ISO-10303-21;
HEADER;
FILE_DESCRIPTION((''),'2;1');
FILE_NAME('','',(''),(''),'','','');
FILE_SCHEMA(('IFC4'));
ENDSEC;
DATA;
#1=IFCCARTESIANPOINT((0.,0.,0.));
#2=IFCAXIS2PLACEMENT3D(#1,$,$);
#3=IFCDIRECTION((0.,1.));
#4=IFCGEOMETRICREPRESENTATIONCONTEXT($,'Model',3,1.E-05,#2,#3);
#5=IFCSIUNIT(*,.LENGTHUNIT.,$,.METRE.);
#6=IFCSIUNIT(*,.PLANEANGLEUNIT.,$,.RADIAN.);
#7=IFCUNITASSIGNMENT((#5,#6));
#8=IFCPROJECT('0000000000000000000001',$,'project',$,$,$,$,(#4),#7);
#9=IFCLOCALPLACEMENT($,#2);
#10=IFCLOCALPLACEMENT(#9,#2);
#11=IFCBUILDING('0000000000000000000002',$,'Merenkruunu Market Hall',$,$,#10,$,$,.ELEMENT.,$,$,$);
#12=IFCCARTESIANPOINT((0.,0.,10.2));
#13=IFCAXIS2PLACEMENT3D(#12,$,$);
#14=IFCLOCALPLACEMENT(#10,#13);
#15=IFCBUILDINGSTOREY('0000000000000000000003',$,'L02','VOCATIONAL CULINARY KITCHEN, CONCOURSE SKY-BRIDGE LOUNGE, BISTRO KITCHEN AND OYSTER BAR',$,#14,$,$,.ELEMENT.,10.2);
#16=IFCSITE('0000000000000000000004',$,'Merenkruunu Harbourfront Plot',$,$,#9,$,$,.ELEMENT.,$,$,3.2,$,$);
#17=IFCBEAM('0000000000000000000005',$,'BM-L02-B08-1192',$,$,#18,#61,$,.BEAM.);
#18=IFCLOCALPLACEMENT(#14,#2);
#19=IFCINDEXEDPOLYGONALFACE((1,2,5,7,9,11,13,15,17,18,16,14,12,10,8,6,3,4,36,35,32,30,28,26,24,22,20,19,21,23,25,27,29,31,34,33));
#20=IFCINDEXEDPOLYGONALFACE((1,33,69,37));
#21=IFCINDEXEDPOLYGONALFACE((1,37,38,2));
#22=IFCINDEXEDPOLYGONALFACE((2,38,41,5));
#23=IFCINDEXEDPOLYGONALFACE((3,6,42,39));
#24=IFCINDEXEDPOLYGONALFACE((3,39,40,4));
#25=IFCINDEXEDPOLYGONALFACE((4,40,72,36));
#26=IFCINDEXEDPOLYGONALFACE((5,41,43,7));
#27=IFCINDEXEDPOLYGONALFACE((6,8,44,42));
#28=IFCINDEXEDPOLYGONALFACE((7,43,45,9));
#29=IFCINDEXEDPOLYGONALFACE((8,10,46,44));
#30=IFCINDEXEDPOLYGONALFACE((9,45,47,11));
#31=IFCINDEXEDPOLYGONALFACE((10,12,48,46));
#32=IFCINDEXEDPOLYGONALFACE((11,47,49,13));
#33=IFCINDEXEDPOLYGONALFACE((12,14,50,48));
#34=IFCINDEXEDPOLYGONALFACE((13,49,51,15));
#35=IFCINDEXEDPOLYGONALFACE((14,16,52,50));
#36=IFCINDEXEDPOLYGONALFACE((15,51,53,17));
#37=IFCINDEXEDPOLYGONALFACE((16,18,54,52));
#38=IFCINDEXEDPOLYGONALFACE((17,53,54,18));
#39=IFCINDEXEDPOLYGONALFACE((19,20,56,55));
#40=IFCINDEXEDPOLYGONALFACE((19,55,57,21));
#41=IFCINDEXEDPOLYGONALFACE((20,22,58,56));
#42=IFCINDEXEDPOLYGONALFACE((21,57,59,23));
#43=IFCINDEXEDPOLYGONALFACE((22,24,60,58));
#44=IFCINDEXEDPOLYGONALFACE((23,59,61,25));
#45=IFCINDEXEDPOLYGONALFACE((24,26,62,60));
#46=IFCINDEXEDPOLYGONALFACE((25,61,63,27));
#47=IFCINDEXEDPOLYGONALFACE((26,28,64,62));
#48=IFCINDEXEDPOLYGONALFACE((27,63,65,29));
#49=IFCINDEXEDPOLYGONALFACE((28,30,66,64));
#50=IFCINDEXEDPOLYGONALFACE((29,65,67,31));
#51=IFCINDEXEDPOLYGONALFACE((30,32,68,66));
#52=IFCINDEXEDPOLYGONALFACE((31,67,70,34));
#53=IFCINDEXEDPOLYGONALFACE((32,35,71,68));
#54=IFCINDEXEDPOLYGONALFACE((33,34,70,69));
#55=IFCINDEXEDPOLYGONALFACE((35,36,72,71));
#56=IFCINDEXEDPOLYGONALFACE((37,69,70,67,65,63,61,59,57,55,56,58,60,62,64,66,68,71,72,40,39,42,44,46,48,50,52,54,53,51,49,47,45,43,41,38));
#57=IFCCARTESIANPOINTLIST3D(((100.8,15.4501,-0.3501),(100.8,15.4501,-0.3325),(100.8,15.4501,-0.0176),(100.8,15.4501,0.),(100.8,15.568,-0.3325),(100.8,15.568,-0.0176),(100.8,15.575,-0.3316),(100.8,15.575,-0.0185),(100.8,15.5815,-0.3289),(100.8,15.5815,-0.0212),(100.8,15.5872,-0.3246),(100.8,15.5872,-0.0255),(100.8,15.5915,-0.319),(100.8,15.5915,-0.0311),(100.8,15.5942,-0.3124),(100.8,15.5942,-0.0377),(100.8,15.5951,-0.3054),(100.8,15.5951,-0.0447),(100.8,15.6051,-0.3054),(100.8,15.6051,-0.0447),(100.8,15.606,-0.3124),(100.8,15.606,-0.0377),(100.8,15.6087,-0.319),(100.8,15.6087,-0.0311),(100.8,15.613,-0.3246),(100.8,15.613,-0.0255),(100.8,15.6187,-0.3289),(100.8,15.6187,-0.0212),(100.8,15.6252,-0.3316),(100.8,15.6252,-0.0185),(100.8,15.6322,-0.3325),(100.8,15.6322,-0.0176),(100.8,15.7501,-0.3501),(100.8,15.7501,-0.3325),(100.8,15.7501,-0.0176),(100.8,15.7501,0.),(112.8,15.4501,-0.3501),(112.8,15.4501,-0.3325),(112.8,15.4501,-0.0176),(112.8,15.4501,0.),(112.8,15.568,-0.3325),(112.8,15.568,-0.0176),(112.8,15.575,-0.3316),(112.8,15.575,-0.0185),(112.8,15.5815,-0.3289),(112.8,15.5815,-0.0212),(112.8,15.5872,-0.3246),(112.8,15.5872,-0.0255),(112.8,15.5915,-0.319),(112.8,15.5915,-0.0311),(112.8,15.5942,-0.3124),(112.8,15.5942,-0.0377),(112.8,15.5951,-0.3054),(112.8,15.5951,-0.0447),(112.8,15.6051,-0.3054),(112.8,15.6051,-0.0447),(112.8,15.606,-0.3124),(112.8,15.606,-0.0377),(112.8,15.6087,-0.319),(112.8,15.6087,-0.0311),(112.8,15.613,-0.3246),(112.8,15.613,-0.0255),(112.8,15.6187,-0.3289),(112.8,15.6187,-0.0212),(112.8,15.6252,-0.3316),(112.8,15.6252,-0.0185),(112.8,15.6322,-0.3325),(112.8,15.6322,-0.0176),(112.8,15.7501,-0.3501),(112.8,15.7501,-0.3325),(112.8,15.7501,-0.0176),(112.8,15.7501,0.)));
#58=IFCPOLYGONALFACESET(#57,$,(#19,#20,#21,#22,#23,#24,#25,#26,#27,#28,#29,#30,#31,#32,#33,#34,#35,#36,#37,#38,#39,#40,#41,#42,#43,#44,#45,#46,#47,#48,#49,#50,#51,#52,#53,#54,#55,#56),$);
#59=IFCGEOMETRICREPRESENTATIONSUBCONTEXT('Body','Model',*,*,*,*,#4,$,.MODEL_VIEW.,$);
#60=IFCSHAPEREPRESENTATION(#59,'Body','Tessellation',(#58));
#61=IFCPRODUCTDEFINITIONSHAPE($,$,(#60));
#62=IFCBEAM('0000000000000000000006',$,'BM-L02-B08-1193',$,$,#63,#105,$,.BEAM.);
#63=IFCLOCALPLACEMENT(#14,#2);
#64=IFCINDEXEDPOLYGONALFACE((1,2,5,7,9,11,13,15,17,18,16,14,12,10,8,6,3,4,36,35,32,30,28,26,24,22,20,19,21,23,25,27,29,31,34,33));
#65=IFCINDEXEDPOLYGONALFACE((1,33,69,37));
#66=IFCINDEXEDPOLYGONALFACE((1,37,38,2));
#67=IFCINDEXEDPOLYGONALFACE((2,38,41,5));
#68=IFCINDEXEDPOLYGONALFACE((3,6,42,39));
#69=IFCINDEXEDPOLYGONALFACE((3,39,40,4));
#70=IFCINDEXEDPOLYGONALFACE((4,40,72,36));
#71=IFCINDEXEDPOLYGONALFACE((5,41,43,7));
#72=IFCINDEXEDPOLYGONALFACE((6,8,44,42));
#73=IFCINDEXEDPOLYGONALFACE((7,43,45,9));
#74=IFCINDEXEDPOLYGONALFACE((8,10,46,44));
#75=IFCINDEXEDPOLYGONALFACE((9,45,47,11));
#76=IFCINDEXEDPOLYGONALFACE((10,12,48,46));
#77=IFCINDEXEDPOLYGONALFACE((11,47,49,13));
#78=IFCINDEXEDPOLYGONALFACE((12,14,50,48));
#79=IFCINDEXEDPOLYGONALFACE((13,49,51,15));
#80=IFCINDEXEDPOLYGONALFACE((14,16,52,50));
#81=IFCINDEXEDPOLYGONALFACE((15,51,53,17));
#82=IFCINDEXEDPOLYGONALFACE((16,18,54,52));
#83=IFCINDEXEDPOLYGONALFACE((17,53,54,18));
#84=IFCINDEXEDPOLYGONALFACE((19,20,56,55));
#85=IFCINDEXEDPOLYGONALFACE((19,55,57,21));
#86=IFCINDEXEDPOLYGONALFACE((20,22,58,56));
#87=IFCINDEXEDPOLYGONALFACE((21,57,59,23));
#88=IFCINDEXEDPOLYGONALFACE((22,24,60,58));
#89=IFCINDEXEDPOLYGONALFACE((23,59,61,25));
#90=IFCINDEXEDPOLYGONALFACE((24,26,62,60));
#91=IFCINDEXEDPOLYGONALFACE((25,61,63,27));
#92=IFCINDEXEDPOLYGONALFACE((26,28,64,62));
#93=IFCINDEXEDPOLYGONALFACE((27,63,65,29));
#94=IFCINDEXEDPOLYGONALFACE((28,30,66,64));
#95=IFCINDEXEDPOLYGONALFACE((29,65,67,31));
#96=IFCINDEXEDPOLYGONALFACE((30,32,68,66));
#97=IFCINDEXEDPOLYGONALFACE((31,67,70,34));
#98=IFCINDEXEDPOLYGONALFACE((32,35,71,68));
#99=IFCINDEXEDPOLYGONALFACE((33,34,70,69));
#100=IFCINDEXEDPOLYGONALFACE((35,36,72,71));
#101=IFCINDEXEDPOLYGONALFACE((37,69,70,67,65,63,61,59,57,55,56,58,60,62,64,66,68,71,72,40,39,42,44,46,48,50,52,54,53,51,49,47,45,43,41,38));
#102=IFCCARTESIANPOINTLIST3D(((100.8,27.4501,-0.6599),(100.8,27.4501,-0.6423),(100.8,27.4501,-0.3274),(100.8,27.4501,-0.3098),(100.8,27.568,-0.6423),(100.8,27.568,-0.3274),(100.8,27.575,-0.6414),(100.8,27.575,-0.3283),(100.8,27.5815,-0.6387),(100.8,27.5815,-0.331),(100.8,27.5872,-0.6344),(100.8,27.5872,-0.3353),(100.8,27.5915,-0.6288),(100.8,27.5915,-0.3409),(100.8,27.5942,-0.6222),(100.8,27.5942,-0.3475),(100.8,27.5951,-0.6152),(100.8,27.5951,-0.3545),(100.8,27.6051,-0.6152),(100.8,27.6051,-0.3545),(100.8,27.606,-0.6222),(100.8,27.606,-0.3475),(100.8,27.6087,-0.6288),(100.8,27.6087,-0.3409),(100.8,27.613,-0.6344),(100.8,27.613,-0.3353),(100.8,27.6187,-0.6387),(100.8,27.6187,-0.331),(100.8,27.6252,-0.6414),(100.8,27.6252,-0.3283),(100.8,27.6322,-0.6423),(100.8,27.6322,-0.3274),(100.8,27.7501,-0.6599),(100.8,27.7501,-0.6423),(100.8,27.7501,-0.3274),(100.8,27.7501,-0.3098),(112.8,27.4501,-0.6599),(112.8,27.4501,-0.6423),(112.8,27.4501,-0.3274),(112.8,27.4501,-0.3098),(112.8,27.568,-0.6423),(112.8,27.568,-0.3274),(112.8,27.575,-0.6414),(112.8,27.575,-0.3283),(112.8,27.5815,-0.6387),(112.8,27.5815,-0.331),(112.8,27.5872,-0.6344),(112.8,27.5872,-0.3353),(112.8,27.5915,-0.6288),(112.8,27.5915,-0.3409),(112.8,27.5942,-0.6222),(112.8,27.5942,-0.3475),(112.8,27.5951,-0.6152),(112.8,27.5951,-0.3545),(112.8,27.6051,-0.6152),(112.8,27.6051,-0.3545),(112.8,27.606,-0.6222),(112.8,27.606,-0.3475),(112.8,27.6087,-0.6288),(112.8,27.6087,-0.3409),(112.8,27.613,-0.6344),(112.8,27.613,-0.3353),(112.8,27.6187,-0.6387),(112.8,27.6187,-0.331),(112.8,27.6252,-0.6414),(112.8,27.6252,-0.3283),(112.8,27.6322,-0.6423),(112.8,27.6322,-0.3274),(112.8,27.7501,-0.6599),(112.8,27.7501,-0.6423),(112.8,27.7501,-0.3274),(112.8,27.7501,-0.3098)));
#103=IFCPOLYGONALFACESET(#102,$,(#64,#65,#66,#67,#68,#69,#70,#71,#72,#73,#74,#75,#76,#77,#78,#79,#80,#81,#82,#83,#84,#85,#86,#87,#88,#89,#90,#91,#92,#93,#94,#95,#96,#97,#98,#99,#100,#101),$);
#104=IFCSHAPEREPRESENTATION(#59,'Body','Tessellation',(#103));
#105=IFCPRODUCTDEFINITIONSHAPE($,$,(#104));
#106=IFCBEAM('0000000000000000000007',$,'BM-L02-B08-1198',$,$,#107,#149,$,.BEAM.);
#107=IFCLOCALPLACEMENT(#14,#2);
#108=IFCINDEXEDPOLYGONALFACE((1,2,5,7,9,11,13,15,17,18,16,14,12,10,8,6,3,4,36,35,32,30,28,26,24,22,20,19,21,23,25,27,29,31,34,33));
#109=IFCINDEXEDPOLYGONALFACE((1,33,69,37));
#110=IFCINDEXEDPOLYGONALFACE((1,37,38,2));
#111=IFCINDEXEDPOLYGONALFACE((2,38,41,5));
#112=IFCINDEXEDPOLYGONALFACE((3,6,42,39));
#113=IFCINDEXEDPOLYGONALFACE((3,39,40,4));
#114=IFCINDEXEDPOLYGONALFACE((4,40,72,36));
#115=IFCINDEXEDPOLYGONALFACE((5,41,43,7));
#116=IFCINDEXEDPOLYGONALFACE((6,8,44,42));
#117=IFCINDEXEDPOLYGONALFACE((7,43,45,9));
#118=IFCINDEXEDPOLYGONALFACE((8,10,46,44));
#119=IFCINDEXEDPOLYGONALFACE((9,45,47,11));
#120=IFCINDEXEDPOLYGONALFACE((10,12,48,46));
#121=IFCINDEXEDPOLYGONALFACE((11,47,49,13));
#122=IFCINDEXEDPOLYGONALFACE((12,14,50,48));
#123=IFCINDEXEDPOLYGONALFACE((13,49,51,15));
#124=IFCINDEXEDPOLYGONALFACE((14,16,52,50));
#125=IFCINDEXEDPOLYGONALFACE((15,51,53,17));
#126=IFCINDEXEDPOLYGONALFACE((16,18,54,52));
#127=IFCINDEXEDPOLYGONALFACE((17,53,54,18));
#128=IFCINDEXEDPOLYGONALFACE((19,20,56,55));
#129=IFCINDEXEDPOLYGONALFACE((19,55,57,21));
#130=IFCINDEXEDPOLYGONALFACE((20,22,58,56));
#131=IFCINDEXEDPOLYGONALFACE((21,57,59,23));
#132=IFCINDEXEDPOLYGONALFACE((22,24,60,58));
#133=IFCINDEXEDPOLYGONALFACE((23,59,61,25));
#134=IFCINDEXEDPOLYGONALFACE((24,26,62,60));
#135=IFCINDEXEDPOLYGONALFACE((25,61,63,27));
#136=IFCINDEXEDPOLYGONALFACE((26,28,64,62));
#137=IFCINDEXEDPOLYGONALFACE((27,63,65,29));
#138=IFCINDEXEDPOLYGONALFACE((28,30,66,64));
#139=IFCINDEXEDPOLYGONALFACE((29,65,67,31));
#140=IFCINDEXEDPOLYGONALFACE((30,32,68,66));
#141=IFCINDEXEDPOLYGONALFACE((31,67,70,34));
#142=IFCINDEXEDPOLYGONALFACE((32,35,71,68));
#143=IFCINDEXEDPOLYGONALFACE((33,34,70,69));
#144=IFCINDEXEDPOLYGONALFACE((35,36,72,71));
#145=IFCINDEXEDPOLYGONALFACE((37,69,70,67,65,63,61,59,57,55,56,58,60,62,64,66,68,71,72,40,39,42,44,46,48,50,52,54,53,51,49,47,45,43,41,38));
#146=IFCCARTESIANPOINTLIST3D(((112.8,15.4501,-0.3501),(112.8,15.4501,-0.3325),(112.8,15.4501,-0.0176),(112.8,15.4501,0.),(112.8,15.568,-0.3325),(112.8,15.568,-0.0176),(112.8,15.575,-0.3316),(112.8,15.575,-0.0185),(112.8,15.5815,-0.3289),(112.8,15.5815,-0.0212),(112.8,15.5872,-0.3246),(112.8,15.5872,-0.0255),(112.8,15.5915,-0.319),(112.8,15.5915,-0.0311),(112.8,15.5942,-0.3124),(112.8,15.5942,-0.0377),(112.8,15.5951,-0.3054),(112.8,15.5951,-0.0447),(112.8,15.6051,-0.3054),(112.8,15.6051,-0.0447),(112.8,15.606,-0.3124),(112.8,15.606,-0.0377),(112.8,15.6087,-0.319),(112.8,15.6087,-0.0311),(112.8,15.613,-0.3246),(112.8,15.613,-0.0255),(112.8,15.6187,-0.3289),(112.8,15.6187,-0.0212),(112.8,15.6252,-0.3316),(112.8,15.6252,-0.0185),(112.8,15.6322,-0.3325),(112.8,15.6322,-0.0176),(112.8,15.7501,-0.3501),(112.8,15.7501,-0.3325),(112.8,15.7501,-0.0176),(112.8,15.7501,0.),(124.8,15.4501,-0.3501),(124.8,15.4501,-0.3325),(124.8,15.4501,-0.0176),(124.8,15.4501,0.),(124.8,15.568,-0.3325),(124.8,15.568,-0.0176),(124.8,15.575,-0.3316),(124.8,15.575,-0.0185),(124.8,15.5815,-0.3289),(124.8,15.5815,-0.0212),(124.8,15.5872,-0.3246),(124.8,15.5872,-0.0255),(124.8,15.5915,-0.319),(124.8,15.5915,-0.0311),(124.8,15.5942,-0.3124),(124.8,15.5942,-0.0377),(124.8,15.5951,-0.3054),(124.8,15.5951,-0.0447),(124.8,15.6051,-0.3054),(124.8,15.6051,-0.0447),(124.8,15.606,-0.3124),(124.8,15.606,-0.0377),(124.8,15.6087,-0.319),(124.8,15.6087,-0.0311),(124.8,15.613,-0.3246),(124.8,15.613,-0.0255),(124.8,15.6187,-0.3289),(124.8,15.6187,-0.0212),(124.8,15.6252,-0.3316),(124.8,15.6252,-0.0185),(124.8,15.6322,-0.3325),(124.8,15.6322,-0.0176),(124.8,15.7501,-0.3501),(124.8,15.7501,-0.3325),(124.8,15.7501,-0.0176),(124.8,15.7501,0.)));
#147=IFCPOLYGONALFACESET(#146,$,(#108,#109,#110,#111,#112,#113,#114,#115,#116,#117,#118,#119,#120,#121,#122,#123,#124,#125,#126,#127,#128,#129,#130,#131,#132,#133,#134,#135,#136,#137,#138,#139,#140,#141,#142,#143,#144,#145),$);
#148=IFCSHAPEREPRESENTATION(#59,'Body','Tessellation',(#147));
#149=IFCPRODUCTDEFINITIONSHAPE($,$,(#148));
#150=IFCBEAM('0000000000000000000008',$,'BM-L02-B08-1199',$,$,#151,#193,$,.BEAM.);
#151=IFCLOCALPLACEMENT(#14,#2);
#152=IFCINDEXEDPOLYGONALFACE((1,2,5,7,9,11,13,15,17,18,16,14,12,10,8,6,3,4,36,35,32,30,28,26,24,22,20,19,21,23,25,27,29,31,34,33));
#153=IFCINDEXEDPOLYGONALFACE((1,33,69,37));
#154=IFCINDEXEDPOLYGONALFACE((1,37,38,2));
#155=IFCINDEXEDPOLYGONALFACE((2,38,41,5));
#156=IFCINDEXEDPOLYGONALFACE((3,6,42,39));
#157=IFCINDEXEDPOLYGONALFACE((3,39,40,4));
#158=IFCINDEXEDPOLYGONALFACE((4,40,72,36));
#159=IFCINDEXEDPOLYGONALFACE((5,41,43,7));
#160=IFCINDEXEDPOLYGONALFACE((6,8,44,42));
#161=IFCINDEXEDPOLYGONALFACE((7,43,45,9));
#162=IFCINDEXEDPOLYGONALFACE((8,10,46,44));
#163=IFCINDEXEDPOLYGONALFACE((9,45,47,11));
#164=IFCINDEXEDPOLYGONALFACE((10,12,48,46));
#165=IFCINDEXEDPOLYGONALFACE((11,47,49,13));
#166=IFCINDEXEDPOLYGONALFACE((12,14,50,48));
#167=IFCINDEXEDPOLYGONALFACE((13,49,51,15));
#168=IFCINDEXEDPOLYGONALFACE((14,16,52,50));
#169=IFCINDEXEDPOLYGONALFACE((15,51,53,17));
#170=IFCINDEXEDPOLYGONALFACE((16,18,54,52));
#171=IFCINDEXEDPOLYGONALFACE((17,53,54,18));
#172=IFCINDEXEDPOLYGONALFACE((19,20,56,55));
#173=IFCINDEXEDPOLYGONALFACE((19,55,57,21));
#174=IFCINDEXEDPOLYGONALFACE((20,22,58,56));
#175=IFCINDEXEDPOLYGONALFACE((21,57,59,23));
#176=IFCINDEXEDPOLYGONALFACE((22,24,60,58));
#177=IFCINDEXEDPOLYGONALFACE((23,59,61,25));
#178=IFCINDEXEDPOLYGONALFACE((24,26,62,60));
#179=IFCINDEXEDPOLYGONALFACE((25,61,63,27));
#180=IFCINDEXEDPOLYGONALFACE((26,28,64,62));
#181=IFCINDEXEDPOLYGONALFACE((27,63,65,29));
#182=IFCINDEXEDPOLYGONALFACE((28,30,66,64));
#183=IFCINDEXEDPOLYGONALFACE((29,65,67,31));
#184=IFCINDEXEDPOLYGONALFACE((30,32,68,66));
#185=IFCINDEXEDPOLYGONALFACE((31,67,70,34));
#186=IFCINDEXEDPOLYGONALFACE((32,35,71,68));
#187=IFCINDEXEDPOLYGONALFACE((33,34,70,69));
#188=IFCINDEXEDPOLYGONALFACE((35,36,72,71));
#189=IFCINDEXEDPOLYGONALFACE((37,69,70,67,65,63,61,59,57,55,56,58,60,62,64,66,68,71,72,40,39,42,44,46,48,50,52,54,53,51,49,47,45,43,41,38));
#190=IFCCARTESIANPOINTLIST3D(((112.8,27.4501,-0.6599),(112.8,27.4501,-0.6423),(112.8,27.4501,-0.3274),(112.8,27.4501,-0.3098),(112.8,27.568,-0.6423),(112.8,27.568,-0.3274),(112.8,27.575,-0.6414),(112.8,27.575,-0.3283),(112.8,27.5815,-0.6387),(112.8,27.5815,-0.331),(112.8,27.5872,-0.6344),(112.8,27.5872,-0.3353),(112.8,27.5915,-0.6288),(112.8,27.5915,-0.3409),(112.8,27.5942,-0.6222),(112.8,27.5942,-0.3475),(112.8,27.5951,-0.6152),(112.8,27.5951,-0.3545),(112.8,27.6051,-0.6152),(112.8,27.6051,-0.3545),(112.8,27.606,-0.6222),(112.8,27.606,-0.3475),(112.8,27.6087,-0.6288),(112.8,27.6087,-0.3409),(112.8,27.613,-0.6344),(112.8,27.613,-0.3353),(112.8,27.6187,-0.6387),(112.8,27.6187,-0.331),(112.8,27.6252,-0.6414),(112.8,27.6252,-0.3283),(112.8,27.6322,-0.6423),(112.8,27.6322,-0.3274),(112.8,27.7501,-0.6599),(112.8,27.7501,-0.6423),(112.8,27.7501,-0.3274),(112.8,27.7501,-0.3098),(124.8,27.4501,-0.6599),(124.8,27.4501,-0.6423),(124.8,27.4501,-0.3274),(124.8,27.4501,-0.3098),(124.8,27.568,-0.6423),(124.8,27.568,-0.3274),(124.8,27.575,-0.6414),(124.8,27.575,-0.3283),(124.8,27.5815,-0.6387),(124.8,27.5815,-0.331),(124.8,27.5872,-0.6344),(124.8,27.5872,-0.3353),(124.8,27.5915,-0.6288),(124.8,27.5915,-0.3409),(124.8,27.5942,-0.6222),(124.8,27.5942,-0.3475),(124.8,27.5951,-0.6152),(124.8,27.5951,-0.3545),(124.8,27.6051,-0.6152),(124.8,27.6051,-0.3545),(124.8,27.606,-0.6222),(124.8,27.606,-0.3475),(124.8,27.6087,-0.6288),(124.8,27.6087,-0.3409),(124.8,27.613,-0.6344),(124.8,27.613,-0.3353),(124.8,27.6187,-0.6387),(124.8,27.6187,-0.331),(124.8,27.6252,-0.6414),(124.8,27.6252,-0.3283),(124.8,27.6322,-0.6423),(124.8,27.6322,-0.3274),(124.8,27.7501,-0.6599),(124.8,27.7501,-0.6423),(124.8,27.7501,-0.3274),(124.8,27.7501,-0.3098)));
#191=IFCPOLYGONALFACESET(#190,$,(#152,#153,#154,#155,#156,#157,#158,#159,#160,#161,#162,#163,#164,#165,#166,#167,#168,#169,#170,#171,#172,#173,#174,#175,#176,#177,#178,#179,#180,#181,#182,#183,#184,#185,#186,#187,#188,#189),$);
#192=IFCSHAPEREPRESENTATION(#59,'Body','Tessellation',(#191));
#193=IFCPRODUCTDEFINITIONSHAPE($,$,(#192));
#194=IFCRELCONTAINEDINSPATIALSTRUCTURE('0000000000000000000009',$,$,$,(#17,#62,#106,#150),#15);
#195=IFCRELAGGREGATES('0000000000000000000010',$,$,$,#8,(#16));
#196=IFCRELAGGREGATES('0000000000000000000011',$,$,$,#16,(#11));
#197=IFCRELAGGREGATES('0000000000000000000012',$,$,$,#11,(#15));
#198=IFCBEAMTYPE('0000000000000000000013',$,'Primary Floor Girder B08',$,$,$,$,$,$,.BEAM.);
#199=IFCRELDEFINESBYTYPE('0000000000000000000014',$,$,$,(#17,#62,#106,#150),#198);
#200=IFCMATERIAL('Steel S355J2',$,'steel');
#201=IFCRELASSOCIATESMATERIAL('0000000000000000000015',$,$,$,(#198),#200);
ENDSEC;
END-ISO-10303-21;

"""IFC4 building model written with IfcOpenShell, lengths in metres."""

from ifc_helpers import new_model, si_unit, direction, frame, origin, origin_2d, place, context, subcontext, project, spatial, i_section, extrude, material, material_profile, profile_set, type_object, element, save


model = new_model("IFC4")

# Units and contexts
model_context = context("Model", 3, precision=1e-05, world=origin(), true_north=direction((0.0, 1.0)))
body_context = subcontext(model_context, "Body", "Model", "MODEL_VIEW")
ifc_project = project(units=[si_unit("LENGTHUNIT", "METRE"), si_unit("PLANEANGLEUNIT", "RADIAN")], contexts=[model_context])

# Site, building, storey
site_placement = place(None, origin())
site = spatial("IfcSite", under=ifc_project, at=site_placement, Name="Merenkruunu Harbourfront Plot", CompositionType="ELEMENT", RefElevation=3.2)
building_placement = place(site_placement, origin())
building = spatial("IfcBuilding", under=site, at=building_placement, Name="Merenkruunu Market Hall", CompositionType="ELEMENT")
storey_placement = place(building_placement, frame((0.0, 0.0, 10.2)))
storey = spatial("IfcBuildingStorey", under=building, at=storey_placement, Name="L02", Description="VOCATIONAL CULINARY KITCHEN, CONCOURSE SKY-BRIDGE LOUNGE, BISTRO KITCHEN AND OYSTER BAR", CompositionType="ELEMENT", Elevation=10.2)

# Beams
ifc_material_1 = material(Name="Steel S355J2", Category="steel")
ifc_material_profile_1 = material_profile(ifc_material_1, i_section(OverallWidth=0.3, OverallDepth=0.3501, WebThickness=0.01, FlangeThickness=0.0176, FilletRadius=0.0271, at=origin_2d()), Name="HEA 360")
ifc_profile_set_1 = profile_set([ifc_material_profile_1], Name="Steel S355J2")
beam_type_1 = type_object("IfcBeamType", Name="Primary Floor Girder B08", PredefinedType="BEAM", material=ifc_profile_set_1)
for number, where, z_axis, x_axis, name in (
    (1, (100.8, 15.6001, -0.175), (1.0, 0.0, 0.0), (0.0, 1.0, 0.0), "BM-L02-B08-1192"),
    (2, (100.8, 27.6001, -0.4849), (1.0, 0.0, 0.0), (0.0, 1.0, 0.0), "BM-L02-B08-1193"),
    (3, (112.8, 15.6001, -0.175), (1.0, 0.0, 0.0), (0.0, 1.0, 0.0), "BM-L02-B08-1198"),
    (4, (112.8, 27.6001, -0.4849), (1.0, 0.0, 0.0), (0.0, 1.0, 0.0), "BM-L02-B08-1199"),
):
    element("IfcBeam", number, at=place(storey_placement, frame(where, z_axis=z_axis, x_axis=x_axis)), inside=storey, type_object=beam_type_1, Name=name, PredefinedType="BEAM", context=body_context, shape_type="SweptSolid", body=[
        extrude(i_section(OverallWidth=0.3, OverallDepth=0.3501, WebThickness=0.01, FlangeThickness=0.0176, FilletRadius=0.0271, at=origin_2d()), origin(), (0.0, 0.0, 1.0), 12.0),
    ])

save(model, "model.ifc")
